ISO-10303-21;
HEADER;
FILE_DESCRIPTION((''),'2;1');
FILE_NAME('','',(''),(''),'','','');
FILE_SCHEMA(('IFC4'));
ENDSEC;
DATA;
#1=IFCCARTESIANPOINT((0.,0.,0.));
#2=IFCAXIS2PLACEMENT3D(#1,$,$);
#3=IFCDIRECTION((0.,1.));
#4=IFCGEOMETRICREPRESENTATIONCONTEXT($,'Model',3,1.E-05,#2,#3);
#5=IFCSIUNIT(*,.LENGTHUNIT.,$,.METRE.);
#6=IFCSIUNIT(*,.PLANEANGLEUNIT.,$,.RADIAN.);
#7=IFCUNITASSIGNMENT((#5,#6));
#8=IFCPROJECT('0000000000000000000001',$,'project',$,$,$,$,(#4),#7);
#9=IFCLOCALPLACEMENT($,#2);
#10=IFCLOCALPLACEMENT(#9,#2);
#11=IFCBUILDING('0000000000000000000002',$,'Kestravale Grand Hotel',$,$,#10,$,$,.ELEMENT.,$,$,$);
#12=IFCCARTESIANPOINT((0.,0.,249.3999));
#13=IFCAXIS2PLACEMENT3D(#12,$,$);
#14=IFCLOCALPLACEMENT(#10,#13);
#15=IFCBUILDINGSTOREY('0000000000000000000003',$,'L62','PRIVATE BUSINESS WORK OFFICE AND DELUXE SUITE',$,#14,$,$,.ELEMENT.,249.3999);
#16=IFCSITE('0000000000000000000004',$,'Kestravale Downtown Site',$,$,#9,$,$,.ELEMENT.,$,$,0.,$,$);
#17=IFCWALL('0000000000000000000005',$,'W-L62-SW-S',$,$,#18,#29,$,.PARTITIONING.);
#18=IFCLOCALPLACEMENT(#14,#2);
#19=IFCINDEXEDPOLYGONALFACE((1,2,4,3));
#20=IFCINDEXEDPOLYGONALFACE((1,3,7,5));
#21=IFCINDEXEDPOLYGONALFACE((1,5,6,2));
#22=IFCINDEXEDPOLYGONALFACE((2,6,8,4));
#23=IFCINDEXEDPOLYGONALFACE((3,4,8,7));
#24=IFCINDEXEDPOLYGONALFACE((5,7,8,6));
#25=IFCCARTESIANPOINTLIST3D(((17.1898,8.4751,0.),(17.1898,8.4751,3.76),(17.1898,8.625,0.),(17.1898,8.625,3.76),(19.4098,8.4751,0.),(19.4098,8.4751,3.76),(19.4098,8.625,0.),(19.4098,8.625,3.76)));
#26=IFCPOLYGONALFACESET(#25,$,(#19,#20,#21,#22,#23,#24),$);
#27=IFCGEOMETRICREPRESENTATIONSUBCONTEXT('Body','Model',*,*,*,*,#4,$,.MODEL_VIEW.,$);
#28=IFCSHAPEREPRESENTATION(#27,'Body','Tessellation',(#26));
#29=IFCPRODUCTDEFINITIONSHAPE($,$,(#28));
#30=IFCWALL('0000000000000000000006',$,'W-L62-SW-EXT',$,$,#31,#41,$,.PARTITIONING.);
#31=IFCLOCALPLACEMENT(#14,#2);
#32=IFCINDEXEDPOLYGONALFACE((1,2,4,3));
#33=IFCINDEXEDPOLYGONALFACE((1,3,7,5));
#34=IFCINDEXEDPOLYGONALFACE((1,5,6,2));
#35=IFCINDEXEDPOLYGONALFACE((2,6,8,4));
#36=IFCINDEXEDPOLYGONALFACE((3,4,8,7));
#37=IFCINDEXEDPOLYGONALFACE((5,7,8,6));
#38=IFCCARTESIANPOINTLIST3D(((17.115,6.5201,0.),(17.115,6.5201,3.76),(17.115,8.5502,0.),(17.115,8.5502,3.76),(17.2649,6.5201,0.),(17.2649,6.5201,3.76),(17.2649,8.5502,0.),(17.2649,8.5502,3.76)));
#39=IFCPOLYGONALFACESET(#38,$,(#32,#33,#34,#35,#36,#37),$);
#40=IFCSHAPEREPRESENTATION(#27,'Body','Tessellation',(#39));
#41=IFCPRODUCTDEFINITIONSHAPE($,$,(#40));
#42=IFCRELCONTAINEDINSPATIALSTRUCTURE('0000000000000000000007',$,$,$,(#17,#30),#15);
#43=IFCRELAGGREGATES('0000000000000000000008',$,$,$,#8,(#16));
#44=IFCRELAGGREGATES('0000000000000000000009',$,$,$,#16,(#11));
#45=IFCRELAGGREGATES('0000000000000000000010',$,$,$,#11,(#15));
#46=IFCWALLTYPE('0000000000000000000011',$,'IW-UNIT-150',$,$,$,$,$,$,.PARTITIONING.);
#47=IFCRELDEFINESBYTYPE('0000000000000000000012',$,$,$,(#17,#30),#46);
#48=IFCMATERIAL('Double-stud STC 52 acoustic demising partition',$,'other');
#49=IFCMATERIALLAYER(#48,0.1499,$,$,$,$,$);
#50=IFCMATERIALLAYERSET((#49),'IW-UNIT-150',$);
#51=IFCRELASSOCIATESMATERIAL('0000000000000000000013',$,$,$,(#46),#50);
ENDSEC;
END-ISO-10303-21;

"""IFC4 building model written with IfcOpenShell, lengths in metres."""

from ifc_helpers import new_model, si_unit, direction, frame, frame_2d, origin, place, context, subcontext, project, spatial, rectangle, extrude, material, layer, layer_set, type_object, element, save


model = new_model("IFC4")

# Units and contexts
model_context = context("Model", 3, precision=1e-05, world=origin(), true_north=direction((0.0, 1.0)))
body_context = subcontext(model_context, "Body", "Model", "MODEL_VIEW")
ifc_project = project(units=[si_unit("LENGTHUNIT", "METRE"), si_unit("PLANEANGLEUNIT", "RADIAN")], contexts=[model_context])

# Site, building, storey
site_placement = place(None, origin())
site = spatial("IfcSite", under=ifc_project, at=site_placement, Name="Kestravale Downtown Site", CompositionType="ELEMENT", RefElevation=0.0)
building_placement = place(site_placement, origin())
building = spatial("IfcBuilding", under=site, at=building_placement, Name="Kestravale Grand Hotel", CompositionType="ELEMENT")
storey_placement = place(building_placement, frame((0.0, 0.0, 249.3999)))
storey = spatial("IfcBuildingStorey", under=building, at=storey_placement, Name="L62", Description="PRIVATE BUSINESS WORK OFFICE AND DELUXE SUITE", CompositionType="ELEMENT", Elevation=249.3999)

# Walls
ifc_material_1 = material(Name="Double-stud STC 52 acoustic demising partition", Category="other")
ifc_layer_1 = layer(ifc_material_1, 0.1499)
ifc_layer_set_1 = layer_set([ifc_layer_1], Name="IW-UNIT-150")
wall_type_1 = type_object("IfcWallType", Name="IW-UNIT-150", PredefinedType="PARTITIONING", material=ifc_layer_set_1)
wall_1_placement = place(storey_placement, frame((17.1899, 8.55, 0.0), z_axis=(0.0, 0.0, 1.0), x_axis=(1.0, 0.0, 0.0)))
element("IfcWall", 1, at=wall_1_placement, inside=storey, type_object=wall_type_1, Name="W-L62-SW-S", PredefinedType="PARTITIONING", context=body_context, shape_type="SweptSolid", body=[
    extrude(rectangle(XDim=2.22, YDim=0.1499, at=frame_2d((1.1099, 0.0))), origin(), (0.0, 0.0, 1.0), 3.76),
])
wall_2_placement = place(storey_placement, frame((17.1899, 6.52, 0.0), z_axis=(0.0, 0.0, 1.0), x_axis=(0.0, 1.0, 0.0)))
element("IfcWall", 2, at=wall_2_placement, inside=storey, type_object=wall_type_1, Name="W-L62-SW-EXT", PredefinedType="PARTITIONING", context=body_context, shape_type="SweptSolid", body=[
    extrude(rectangle(XDim=2.03, YDim=0.1499, at=frame_2d((1.0151, 0.0))), origin(), (0.0, 0.0, 1.0), 3.76),
])

save(model, "model.ifc")
